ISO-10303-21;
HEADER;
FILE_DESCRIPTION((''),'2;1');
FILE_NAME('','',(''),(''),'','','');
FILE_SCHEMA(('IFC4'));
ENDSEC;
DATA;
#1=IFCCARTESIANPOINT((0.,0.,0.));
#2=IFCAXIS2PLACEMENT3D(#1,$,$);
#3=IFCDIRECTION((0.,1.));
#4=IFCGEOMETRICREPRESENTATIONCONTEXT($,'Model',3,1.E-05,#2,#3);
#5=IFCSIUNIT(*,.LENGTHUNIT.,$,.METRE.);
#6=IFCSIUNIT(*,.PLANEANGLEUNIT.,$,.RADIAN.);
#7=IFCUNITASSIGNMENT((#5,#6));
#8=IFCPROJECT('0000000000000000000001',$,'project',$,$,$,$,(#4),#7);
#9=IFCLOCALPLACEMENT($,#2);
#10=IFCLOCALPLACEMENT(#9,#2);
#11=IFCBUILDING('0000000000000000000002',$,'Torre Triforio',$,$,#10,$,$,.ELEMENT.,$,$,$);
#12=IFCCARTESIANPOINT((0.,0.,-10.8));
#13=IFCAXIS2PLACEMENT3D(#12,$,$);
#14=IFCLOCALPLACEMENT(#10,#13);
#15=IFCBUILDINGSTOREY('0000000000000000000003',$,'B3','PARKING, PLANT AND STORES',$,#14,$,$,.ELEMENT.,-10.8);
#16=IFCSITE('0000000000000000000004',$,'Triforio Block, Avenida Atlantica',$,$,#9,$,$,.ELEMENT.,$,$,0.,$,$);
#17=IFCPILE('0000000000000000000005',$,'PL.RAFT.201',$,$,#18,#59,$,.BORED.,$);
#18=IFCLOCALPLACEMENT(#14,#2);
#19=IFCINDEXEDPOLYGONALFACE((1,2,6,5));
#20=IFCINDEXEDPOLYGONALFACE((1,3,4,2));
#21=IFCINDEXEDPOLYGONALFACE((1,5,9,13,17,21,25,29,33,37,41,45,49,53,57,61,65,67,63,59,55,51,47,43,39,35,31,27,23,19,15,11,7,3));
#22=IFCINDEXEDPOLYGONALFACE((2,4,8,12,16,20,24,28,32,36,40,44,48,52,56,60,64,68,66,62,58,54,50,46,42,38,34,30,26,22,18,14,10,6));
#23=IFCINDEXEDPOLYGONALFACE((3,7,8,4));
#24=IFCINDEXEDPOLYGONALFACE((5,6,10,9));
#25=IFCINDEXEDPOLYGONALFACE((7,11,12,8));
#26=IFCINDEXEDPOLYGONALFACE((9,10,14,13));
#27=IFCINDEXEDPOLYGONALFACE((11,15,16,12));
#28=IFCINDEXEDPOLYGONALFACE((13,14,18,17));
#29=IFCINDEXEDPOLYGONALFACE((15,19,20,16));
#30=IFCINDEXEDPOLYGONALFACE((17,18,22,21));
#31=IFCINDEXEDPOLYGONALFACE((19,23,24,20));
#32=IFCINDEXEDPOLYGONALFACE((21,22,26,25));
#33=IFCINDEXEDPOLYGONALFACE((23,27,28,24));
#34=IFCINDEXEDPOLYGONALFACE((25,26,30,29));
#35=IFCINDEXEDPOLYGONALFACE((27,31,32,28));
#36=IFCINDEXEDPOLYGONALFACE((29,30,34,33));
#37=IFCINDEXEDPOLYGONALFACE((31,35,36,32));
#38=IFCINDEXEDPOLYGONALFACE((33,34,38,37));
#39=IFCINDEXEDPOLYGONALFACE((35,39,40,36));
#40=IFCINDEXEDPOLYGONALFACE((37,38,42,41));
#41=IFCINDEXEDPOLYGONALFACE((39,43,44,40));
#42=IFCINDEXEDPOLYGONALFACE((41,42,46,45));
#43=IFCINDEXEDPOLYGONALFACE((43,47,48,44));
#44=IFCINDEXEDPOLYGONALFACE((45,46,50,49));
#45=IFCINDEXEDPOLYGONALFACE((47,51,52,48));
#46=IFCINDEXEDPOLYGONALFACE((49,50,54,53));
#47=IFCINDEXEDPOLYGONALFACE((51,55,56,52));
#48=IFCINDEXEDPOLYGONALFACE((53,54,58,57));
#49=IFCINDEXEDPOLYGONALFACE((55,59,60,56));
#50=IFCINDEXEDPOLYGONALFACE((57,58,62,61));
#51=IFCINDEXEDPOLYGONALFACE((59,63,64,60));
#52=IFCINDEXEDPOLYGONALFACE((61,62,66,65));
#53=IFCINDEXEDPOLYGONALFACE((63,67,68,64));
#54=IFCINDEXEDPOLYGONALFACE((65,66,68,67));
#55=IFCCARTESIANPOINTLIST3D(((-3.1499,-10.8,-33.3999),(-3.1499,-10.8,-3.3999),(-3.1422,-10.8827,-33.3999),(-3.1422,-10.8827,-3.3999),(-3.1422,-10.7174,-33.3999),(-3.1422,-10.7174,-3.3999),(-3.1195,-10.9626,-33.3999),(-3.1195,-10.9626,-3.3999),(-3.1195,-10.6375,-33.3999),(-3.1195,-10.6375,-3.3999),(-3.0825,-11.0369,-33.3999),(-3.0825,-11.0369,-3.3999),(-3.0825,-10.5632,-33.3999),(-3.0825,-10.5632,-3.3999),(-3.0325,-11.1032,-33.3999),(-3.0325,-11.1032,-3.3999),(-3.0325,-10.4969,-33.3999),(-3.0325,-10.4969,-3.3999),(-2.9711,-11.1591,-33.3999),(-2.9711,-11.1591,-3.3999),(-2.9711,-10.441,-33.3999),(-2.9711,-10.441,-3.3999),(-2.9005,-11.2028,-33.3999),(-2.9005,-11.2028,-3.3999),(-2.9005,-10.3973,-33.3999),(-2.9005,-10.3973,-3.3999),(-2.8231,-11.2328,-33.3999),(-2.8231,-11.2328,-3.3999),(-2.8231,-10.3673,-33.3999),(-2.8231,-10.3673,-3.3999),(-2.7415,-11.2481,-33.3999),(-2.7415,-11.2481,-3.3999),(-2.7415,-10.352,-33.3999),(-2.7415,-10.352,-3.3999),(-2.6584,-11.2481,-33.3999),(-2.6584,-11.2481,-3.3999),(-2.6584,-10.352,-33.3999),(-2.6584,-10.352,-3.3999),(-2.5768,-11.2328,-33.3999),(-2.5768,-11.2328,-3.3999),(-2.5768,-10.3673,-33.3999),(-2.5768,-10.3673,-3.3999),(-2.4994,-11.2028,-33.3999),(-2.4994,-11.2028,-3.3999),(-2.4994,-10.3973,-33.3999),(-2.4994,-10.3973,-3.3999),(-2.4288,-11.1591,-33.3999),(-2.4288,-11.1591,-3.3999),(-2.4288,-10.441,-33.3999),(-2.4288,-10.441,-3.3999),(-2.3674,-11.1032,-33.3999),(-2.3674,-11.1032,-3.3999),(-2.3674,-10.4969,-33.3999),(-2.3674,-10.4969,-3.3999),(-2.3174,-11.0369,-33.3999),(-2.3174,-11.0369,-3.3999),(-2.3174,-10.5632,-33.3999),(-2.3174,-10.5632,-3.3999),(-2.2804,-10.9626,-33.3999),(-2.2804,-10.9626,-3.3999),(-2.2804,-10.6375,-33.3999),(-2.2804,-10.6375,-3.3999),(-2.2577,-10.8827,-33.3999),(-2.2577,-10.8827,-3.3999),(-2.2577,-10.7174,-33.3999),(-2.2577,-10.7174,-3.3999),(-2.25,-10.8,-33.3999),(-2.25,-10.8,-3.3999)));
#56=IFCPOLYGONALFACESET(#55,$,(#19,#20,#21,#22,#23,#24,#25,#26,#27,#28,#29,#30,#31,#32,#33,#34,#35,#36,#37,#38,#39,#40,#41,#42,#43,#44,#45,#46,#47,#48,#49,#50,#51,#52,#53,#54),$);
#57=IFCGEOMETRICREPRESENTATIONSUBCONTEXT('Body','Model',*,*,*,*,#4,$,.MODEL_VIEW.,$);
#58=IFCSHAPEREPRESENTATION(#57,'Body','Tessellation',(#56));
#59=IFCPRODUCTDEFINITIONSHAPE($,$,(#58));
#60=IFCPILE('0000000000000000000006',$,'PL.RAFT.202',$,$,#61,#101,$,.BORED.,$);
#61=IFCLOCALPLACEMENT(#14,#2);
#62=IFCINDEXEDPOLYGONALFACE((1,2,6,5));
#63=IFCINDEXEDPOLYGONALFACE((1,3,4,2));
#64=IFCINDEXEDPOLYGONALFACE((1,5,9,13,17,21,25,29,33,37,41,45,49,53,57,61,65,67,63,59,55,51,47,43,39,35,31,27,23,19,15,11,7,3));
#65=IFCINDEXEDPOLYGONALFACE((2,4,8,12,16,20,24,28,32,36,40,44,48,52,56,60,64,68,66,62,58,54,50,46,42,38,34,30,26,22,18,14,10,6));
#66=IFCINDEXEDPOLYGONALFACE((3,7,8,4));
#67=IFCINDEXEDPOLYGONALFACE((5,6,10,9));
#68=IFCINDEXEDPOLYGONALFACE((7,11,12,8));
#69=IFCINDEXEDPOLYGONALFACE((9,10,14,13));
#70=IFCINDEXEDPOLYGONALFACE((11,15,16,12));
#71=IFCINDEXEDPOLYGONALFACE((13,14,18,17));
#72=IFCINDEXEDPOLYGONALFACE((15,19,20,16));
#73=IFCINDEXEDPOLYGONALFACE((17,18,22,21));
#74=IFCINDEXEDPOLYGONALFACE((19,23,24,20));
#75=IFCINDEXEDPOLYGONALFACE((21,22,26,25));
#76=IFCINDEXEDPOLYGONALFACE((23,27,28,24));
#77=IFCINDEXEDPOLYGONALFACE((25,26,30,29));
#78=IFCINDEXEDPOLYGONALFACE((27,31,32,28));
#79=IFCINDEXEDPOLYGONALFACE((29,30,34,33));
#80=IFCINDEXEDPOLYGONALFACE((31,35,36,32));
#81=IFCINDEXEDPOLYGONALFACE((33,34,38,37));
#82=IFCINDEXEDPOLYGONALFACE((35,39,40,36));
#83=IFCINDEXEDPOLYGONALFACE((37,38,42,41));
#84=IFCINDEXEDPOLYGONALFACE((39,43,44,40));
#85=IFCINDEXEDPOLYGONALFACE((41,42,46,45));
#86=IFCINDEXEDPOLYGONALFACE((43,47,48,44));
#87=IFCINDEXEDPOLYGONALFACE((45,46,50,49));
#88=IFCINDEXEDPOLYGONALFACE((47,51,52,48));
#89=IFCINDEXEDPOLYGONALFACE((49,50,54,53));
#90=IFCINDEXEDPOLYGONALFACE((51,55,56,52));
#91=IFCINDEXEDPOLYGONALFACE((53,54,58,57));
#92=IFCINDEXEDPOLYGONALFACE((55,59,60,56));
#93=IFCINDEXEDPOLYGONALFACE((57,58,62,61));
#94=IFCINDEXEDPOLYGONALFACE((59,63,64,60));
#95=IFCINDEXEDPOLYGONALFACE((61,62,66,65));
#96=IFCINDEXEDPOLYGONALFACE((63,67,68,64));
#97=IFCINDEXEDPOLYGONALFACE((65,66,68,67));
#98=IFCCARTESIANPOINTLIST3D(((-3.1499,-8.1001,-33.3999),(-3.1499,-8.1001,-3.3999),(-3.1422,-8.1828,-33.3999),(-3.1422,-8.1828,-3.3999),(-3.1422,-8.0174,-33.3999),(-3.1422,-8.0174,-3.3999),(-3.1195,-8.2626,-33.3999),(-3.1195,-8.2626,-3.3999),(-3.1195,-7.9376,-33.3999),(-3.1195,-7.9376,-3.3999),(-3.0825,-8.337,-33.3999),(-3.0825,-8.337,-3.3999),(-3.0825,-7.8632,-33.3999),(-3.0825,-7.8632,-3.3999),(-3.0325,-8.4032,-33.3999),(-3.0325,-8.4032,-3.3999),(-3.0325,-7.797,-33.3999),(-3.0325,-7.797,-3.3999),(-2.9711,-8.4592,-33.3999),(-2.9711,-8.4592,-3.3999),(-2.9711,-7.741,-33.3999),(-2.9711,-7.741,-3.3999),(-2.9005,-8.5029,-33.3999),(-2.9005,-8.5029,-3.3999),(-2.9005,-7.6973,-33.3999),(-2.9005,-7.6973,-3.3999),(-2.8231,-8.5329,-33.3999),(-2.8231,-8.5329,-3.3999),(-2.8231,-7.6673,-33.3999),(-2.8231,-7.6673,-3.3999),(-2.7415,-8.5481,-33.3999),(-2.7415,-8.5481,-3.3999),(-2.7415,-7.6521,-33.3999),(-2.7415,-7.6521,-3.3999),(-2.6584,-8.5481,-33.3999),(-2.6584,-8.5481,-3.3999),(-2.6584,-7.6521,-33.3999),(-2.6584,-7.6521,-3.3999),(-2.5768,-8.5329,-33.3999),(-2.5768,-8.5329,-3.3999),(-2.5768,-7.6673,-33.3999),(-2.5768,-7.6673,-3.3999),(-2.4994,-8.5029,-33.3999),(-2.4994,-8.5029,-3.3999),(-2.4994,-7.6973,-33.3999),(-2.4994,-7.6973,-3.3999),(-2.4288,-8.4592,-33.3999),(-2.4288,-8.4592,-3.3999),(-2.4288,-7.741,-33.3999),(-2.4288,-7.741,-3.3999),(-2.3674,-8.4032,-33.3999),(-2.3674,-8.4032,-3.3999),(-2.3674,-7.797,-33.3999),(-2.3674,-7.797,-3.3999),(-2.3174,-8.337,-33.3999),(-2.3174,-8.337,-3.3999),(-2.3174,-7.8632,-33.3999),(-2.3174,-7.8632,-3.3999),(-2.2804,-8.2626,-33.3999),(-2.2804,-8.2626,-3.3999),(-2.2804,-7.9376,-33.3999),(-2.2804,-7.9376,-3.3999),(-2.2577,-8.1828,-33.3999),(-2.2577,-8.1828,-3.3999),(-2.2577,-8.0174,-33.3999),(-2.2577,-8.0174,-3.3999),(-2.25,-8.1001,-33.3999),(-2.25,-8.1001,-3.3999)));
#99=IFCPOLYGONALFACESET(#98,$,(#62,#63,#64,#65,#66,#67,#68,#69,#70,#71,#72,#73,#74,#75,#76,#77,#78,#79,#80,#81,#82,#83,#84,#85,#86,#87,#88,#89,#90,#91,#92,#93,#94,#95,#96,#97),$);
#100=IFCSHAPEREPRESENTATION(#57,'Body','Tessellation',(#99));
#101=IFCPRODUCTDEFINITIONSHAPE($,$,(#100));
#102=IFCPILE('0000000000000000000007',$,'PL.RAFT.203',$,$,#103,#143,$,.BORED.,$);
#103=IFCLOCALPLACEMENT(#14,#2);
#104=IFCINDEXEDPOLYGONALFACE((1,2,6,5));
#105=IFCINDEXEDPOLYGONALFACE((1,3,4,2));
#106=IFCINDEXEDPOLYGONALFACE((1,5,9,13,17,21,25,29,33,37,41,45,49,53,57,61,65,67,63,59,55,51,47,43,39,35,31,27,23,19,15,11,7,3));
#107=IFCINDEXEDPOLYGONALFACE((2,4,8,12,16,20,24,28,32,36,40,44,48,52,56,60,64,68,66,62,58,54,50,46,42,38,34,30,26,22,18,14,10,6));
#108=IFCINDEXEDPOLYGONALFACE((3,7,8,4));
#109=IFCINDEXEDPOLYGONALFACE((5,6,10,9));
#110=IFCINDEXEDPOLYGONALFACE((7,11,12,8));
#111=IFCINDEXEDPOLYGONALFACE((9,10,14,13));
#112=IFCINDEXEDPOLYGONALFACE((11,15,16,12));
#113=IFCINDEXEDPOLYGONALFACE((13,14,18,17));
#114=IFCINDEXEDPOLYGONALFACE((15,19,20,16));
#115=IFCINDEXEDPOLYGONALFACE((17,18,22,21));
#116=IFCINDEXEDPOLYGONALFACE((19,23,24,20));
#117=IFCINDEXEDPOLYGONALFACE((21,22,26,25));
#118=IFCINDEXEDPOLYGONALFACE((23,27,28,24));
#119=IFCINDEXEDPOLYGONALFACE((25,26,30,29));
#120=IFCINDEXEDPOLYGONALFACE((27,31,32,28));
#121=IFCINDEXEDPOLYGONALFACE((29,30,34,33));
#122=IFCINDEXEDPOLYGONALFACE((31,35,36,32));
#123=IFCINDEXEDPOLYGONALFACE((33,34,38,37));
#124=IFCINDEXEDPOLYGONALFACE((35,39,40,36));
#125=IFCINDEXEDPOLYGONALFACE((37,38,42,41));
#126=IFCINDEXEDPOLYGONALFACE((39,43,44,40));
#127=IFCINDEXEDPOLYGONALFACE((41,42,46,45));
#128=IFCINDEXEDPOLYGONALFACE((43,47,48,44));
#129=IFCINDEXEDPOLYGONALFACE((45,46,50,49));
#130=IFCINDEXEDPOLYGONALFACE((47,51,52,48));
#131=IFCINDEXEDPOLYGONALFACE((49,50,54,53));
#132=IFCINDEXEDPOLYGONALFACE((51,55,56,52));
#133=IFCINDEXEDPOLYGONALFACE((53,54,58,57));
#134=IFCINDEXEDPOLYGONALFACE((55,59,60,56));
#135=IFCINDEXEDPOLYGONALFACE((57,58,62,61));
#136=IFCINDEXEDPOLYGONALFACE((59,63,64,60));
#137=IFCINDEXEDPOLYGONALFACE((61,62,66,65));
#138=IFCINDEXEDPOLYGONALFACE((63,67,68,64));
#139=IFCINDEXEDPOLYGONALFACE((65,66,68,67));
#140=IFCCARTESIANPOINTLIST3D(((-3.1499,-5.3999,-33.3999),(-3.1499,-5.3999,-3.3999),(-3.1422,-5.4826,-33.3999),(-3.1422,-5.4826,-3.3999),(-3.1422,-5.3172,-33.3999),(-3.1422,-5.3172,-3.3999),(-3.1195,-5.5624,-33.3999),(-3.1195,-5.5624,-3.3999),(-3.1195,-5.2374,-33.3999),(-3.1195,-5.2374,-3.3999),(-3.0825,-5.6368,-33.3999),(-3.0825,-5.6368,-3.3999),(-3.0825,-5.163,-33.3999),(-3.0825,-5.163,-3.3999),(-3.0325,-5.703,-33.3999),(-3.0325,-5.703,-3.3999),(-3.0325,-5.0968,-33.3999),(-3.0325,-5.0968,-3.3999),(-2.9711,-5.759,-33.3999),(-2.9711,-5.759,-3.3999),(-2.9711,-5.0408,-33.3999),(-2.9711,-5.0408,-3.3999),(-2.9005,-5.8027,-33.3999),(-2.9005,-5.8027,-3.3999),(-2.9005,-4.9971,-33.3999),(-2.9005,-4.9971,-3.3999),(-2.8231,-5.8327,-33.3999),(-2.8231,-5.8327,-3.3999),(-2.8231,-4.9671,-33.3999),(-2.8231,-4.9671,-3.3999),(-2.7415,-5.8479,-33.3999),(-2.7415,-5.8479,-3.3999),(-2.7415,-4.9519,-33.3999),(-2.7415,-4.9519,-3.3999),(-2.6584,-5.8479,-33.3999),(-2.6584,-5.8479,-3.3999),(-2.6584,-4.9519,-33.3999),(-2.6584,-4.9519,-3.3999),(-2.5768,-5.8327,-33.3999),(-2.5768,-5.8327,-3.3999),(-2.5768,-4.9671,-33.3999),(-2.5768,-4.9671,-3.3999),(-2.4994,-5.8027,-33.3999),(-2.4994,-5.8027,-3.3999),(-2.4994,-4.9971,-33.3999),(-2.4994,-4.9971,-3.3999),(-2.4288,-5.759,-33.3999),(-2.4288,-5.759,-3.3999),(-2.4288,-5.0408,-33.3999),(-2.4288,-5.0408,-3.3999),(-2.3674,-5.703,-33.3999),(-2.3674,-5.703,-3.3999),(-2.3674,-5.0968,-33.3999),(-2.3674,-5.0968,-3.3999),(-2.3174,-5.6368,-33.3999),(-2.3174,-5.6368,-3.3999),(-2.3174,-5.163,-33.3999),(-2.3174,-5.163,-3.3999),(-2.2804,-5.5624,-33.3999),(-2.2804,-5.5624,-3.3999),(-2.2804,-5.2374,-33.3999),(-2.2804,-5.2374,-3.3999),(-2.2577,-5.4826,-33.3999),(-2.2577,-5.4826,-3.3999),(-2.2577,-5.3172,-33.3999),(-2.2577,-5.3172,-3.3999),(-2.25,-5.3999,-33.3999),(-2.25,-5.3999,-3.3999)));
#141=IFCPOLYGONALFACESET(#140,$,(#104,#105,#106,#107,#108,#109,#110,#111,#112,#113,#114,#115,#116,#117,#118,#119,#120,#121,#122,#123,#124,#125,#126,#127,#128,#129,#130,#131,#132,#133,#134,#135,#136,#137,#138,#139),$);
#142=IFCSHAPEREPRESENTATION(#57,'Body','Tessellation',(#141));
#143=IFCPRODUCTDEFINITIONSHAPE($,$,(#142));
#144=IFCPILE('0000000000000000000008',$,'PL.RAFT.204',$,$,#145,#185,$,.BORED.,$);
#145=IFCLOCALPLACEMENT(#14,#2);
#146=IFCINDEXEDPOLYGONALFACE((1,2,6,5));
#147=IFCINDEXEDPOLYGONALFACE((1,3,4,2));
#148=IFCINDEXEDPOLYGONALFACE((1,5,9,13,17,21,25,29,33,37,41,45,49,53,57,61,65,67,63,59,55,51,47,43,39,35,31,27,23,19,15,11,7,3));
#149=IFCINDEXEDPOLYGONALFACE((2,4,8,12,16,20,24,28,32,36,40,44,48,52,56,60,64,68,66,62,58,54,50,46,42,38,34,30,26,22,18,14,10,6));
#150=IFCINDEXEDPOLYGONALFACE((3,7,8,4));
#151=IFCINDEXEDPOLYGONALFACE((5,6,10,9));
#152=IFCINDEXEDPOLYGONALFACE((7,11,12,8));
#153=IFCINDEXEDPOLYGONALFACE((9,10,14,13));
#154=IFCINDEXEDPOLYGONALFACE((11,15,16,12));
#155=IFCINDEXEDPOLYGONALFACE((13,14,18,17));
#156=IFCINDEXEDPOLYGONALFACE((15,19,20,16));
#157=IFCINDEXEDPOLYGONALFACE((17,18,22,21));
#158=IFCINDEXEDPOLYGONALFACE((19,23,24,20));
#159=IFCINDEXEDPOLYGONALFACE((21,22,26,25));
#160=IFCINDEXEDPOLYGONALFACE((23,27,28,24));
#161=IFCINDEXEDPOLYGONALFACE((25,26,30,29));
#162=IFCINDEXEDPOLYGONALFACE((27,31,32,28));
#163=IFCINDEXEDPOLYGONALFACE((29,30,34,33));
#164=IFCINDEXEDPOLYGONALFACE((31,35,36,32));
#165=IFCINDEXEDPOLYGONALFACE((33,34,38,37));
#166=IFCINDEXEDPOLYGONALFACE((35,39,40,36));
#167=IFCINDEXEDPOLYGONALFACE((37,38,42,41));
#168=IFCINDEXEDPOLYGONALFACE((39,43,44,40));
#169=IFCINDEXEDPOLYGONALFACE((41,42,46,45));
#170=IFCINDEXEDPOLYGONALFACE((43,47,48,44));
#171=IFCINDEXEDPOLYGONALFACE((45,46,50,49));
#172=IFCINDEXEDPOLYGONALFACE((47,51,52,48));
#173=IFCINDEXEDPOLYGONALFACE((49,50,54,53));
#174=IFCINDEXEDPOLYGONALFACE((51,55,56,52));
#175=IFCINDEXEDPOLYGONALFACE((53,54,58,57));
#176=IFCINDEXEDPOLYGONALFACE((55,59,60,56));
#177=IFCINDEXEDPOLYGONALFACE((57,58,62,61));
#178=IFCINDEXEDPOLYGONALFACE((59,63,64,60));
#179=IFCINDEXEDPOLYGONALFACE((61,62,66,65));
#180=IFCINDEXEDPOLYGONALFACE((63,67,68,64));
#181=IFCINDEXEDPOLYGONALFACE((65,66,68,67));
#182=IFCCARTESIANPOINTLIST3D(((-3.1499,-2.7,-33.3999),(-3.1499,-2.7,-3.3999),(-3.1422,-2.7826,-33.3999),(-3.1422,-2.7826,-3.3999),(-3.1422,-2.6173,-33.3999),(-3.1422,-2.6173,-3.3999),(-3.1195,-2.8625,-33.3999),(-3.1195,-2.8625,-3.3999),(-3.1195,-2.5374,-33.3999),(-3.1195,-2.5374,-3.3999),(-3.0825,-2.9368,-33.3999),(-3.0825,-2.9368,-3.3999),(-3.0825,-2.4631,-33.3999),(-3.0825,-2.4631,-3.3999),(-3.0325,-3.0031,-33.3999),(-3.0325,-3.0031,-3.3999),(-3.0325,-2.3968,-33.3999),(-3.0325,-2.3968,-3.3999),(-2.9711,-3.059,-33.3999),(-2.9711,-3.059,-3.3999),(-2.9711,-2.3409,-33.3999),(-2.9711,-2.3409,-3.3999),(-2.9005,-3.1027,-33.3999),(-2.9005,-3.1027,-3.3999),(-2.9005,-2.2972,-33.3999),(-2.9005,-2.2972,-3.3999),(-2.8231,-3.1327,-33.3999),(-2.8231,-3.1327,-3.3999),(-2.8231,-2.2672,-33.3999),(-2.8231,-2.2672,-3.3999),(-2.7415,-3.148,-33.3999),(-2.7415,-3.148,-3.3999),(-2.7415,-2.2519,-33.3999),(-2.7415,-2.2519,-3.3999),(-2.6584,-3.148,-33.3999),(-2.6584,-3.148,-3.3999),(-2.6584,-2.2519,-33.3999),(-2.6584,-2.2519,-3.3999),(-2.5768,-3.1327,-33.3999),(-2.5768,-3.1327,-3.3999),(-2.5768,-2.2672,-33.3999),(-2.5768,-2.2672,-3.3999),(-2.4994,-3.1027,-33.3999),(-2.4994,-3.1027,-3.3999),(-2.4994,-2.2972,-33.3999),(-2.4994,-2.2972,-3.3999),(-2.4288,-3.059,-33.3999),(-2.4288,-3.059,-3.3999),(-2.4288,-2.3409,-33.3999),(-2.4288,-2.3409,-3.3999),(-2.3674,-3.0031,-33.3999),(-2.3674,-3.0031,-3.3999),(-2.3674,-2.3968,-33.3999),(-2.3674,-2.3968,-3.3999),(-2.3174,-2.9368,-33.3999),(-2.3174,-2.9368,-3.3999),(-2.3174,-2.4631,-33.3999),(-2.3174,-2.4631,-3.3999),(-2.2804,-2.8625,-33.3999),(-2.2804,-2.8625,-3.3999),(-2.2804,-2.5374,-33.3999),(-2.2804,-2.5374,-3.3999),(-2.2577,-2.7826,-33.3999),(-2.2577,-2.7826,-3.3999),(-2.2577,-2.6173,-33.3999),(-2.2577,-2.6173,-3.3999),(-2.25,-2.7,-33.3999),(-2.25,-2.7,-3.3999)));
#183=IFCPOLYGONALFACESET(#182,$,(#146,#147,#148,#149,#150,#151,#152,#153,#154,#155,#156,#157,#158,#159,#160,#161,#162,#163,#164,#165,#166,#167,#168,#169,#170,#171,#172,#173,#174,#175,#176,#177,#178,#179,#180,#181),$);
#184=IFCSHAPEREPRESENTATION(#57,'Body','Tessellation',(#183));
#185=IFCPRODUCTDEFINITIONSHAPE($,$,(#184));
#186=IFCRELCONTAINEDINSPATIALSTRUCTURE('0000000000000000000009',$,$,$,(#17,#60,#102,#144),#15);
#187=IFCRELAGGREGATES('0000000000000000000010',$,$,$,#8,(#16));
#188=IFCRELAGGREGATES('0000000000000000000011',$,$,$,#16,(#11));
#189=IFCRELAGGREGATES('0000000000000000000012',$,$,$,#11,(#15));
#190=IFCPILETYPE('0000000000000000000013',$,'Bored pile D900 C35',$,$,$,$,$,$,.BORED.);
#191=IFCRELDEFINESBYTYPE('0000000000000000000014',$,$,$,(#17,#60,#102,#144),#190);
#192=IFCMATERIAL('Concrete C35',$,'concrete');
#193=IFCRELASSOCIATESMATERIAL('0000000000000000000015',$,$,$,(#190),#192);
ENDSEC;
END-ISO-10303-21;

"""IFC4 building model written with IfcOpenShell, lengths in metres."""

from ifc_helpers import new_model, si_unit, direction, frame, origin, origin_2d, place, context, subcontext, project, spatial, circle, extrude, material, material_profile, profile_set, type_object, element, save


model = new_model("IFC4")

# Units and contexts
model_context = context("Model", 3, precision=1e-05, world=origin(), true_north=direction((0.0, 1.0)))
body_context = subcontext(model_context, "Body", "Model", "MODEL_VIEW")
ifc_project = project(units=[si_unit("LENGTHUNIT", "METRE"), si_unit("PLANEANGLEUNIT", "RADIAN")], contexts=[model_context])

# Site, building, storey
site_placement = place(None, origin())
site = spatial("IfcSite", under=ifc_project, at=site_placement, Name="Triforio Block, Avenida Atlantica", CompositionType="ELEMENT", RefElevation=0.0)
building_placement = place(site_placement, origin())
building = spatial("IfcBuilding", under=site, at=building_placement, Name="Torre Triforio", CompositionType="ELEMENT")
storey_placement = place(building_placement, frame((0.0, 0.0, -10.8)))
storey = spatial("IfcBuildingStorey", under=building, at=storey_placement, Name="B3", Description="PARKING, PLANT AND STORES", CompositionType="ELEMENT", Elevation=-10.8)

# Piles
ifc_material_1 = material(Name="Concrete C35", Category="concrete")
ifc_material_profile_1 = material_profile(ifc_material_1, circle(Radius=0.45, at=origin_2d()), Name="RC D900")
ifc_profile_set_1 = profile_set([ifc_material_profile_1], Name="Concrete C35")
pile_type = type_object("IfcPileType", Name="Bored pile D900 C35", PredefinedType="BORED", material=ifc_profile_set_1)
for number, where, z_axis, x_axis, name in (
    (1, (-2.7, -10.8, -3.3999), (0.0, 0.0, -1.0), (1.0, 0.0, 0.0), "PL.RAFT.201"),
    (2, (-2.7, -8.1001, -3.3999), (0.0, 0.0, -1.0), (1.0, 0.0, 0.0), "PL.RAFT.202"),
    (3, (-2.7, -5.3999, -3.3999), (0.0, 0.0, -1.0), (1.0, 0.0, 0.0), "PL.RAFT.203"),
    (4, (-2.7, -2.7, -3.3999), (0.0, 0.0, -1.0), (1.0, 0.0, 0.0), "PL.RAFT.204"),
):
    element("IfcPile", number, at=place(storey_placement, frame(where, z_axis=z_axis, x_axis=x_axis)), inside=storey, type_object=pile_type, Name=name, PredefinedType="BORED", context=body_context, shape_type="SweptSolid", body=[
        extrude(circle(Radius=0.45, at=origin_2d()), origin(), (0.0, 0.0, 1.0), 30.0),
    ])

save(model, "model.ifc")
